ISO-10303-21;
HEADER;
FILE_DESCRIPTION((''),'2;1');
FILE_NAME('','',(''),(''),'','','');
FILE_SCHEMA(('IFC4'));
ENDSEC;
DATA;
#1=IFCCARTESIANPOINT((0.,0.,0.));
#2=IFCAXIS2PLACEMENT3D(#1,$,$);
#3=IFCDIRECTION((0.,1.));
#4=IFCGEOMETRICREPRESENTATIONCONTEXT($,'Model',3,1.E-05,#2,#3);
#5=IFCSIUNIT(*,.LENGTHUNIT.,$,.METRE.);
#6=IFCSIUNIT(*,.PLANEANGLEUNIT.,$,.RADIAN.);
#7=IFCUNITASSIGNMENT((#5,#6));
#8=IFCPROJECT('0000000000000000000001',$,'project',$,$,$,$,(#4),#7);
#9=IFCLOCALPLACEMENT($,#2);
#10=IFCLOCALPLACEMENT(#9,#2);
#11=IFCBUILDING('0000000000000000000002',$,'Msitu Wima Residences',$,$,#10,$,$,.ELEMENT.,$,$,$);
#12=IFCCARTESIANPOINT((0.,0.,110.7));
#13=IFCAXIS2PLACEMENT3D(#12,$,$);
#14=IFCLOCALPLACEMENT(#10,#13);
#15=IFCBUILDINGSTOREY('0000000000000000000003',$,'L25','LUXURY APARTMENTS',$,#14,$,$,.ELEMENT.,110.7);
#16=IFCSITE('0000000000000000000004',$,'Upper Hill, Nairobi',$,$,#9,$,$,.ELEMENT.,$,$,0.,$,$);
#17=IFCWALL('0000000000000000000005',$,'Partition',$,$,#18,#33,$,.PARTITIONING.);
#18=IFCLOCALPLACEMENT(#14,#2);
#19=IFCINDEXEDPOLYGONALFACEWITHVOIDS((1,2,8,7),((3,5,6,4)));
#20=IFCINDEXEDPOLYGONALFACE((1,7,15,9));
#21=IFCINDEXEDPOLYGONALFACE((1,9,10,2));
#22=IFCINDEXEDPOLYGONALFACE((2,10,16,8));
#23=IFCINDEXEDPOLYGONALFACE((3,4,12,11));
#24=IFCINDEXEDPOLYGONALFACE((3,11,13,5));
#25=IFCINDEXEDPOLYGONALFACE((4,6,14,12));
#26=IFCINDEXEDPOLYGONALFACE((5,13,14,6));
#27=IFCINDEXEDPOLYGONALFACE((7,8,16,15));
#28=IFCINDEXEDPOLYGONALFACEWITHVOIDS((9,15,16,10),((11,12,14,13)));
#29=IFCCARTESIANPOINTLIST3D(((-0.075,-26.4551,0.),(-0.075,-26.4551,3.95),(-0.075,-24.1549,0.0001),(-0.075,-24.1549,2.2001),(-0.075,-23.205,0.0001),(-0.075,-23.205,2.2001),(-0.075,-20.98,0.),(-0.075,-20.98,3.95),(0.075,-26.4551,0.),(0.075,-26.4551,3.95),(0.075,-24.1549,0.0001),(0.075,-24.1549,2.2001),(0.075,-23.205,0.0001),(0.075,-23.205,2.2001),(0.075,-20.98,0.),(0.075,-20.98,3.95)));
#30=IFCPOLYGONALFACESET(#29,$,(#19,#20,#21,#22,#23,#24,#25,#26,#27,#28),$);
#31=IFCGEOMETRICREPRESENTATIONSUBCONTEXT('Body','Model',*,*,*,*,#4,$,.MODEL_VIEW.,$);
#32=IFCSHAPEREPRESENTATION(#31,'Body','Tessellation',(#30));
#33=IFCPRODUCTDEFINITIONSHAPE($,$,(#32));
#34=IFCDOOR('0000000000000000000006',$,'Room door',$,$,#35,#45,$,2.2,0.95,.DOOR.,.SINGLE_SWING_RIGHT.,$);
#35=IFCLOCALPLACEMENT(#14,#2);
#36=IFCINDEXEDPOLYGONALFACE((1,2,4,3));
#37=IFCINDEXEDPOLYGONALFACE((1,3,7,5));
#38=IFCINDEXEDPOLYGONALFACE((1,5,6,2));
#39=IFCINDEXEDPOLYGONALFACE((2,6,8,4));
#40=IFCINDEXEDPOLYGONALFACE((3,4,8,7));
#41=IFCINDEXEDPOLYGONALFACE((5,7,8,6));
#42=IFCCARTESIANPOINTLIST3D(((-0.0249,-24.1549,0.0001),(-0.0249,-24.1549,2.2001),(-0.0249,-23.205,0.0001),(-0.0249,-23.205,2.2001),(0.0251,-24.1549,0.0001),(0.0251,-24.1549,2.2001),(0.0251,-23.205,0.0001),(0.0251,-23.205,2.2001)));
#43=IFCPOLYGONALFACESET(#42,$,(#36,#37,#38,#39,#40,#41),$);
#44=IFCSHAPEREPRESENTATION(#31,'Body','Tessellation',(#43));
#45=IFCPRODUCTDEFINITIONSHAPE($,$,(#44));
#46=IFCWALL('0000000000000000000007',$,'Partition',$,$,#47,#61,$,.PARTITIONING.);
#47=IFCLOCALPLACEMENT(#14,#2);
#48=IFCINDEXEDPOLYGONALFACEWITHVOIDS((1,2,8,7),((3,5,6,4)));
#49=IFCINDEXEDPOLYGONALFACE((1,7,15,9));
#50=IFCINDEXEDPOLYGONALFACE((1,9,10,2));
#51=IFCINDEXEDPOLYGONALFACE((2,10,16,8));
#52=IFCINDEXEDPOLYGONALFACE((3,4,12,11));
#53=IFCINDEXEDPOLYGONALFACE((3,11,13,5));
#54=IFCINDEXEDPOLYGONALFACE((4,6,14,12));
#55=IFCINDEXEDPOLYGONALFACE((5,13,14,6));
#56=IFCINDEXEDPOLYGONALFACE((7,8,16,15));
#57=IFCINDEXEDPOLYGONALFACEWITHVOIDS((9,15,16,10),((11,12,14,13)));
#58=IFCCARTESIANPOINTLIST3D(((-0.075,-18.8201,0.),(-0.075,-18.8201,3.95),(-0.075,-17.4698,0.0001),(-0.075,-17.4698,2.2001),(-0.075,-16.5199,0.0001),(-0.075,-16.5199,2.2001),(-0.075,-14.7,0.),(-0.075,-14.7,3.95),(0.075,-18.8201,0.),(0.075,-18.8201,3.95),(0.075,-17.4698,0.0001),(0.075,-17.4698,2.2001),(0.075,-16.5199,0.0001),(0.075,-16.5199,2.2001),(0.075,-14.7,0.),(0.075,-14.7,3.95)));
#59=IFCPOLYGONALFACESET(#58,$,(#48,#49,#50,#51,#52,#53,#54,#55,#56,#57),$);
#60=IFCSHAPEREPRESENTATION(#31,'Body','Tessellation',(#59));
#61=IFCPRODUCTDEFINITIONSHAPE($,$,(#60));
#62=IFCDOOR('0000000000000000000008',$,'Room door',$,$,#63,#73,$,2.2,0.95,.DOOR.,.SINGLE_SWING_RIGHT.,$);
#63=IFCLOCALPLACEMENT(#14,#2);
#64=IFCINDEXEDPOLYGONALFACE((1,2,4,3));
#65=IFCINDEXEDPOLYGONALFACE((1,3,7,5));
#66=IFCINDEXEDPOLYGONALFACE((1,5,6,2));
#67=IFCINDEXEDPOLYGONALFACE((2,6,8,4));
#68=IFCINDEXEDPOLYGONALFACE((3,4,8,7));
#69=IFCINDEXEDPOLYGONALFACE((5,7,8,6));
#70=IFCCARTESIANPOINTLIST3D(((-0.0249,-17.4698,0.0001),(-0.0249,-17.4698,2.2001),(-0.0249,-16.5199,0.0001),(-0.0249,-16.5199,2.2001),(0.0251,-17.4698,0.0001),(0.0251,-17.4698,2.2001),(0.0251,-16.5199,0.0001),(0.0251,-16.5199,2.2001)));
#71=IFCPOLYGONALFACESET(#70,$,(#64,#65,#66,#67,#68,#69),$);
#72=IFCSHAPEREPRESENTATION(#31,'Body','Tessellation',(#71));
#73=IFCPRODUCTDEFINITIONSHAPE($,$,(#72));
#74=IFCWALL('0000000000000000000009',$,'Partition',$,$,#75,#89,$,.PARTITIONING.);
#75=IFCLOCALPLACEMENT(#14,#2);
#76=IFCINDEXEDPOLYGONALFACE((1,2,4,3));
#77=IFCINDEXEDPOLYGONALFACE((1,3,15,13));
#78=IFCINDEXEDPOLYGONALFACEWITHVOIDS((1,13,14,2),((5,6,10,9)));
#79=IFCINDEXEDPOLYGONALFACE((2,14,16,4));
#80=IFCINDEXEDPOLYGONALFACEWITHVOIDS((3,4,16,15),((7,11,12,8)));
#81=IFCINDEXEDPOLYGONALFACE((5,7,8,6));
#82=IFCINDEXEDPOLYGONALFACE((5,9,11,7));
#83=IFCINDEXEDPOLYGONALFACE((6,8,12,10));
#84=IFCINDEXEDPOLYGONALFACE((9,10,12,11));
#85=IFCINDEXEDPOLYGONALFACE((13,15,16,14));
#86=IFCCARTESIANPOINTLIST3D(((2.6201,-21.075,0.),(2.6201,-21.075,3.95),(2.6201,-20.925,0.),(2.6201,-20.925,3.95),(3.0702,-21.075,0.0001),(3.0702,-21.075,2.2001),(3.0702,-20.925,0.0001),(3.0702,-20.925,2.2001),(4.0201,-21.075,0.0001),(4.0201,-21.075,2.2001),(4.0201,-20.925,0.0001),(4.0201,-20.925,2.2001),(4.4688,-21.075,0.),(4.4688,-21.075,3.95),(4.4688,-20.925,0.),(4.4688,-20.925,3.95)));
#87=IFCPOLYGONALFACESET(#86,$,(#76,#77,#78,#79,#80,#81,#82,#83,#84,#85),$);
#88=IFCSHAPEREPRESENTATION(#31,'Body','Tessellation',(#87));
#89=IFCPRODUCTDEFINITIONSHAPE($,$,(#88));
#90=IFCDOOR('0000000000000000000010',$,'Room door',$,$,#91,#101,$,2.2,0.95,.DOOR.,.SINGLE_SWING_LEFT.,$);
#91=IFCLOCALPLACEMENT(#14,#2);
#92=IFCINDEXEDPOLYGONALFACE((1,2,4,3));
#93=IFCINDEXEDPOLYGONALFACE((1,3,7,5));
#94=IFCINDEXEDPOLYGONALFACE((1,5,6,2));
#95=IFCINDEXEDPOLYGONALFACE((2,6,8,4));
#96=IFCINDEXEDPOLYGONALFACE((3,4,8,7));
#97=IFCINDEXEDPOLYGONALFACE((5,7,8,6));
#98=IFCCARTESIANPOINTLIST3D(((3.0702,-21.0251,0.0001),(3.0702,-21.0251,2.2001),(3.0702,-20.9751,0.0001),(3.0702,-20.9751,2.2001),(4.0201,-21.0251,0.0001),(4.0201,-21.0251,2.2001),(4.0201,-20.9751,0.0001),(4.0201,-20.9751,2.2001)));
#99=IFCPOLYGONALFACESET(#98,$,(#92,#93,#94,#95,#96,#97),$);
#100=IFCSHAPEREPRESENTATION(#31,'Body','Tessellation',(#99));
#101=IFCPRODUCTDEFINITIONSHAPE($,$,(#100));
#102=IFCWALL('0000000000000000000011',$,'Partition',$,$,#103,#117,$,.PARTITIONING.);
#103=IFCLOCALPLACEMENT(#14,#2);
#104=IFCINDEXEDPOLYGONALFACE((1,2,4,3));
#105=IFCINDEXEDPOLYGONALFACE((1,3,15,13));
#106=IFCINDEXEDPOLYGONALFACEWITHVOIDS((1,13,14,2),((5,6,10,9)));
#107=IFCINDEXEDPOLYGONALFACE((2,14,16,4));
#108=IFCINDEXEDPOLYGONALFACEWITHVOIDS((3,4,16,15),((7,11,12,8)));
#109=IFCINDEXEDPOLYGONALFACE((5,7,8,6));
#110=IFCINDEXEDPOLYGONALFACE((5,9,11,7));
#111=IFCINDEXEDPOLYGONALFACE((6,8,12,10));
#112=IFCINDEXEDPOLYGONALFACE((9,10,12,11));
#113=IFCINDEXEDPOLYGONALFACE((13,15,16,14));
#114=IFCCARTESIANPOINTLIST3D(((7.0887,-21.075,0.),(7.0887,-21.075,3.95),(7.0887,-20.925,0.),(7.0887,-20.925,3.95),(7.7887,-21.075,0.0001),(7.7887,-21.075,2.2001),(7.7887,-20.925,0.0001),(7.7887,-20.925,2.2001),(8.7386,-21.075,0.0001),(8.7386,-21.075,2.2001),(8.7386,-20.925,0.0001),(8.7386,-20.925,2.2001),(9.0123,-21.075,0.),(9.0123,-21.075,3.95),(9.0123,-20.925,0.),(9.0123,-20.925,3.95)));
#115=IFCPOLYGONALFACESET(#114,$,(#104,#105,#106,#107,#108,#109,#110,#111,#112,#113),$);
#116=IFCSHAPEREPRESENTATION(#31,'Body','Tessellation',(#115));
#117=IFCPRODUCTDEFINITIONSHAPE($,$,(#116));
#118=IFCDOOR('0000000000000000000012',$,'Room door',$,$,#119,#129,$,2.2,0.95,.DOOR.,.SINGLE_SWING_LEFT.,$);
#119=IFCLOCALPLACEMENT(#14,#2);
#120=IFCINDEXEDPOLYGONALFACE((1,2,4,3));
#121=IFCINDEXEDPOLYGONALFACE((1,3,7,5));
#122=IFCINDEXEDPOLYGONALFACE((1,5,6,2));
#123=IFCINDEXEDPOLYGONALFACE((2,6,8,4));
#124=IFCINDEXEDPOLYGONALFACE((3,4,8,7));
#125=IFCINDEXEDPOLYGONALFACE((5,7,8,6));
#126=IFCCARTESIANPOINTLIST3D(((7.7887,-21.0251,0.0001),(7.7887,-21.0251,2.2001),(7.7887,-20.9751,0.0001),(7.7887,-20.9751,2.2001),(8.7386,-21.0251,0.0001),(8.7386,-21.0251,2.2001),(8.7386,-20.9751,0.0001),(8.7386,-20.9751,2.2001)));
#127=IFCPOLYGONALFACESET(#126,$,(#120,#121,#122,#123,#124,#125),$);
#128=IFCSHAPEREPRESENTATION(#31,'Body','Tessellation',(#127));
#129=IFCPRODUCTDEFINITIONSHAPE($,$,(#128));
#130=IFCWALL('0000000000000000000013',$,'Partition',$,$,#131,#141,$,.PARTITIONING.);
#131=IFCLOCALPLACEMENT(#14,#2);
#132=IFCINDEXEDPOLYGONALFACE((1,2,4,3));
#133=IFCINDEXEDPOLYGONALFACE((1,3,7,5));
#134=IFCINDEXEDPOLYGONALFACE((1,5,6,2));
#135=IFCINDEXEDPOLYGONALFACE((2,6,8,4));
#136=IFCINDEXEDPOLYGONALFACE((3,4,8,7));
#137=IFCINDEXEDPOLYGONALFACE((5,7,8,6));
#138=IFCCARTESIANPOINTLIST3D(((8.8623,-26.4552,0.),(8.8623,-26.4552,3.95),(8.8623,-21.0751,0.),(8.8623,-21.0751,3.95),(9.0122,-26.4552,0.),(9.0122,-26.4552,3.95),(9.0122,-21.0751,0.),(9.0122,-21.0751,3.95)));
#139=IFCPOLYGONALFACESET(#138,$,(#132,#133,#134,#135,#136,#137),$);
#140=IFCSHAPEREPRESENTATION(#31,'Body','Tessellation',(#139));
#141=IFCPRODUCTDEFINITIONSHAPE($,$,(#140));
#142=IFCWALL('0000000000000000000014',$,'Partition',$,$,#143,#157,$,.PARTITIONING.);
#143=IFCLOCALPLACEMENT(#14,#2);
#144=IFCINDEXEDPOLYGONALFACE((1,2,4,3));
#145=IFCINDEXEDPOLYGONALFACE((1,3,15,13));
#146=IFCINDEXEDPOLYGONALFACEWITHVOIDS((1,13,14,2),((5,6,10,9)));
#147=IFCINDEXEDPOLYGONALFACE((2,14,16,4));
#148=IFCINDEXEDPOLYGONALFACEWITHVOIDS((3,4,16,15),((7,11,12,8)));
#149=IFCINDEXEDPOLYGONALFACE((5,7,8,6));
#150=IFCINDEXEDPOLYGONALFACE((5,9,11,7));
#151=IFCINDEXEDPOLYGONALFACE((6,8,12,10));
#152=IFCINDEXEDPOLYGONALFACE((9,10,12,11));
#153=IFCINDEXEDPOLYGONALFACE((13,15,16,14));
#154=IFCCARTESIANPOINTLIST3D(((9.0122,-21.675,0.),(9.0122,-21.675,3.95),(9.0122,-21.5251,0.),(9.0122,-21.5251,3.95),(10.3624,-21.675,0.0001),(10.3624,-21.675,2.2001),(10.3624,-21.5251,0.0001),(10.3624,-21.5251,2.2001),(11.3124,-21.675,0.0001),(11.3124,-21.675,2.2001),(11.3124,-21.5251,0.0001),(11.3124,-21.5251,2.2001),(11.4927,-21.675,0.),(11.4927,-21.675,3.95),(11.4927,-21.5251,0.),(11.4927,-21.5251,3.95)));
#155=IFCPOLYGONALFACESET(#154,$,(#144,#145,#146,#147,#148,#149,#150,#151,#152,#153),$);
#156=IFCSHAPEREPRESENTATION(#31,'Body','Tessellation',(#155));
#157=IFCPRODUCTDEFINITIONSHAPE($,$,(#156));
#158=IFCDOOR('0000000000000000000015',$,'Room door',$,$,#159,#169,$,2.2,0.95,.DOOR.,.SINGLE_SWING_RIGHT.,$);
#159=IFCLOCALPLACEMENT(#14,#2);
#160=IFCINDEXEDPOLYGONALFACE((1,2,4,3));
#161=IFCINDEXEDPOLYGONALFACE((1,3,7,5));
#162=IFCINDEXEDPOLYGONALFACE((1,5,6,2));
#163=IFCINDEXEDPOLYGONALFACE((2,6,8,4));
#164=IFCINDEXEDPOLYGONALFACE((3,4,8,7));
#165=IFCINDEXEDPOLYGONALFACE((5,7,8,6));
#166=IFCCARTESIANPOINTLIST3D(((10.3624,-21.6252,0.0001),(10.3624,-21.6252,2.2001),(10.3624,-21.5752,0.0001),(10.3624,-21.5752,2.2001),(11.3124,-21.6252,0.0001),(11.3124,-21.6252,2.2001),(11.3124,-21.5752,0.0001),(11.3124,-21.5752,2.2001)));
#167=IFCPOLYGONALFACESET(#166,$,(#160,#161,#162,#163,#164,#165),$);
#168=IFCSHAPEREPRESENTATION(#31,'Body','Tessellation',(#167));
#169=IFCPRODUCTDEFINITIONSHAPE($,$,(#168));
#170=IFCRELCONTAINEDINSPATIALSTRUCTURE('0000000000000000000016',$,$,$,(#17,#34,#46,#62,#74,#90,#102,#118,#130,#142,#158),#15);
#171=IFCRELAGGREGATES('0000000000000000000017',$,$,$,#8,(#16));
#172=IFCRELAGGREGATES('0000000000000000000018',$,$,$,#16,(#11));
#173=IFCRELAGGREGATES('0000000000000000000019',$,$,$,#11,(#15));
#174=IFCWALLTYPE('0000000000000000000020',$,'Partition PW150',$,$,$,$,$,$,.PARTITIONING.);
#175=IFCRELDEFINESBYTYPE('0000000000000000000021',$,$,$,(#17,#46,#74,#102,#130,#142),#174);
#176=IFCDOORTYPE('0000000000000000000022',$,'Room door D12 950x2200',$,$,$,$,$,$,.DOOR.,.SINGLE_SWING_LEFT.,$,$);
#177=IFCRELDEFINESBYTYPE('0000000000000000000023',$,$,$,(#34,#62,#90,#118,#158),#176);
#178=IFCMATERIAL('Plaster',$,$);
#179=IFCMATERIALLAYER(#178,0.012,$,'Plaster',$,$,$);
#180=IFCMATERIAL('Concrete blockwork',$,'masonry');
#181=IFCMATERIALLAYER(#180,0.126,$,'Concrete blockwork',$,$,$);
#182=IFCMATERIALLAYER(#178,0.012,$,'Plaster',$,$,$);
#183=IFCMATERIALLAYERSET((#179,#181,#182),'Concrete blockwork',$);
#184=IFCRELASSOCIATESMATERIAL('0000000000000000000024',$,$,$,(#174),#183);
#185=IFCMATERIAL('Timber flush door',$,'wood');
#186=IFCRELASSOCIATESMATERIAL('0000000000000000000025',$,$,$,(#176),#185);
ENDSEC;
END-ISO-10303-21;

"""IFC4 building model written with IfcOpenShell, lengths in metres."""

from ifc_helpers import new_model, si_unit, direction, frame, frame_2d, origin, place, context, subcontext, project, spatial, rectangle, extrude, material, layer, layer_set, type_object, element, fill, save


model = new_model("IFC4")

# Units and contexts
model_context = context("Model", 3, precision=1e-05, world=origin(), true_north=direction((0.0, 1.0)))
body_context = subcontext(model_context, "Body", "Model", "MODEL_VIEW")
ifc_project = project(units=[si_unit("LENGTHUNIT", "METRE"), si_unit("PLANEANGLEUNIT", "RADIAN")], contexts=[model_context])

# Site, building, storey
site_placement = place(None, origin())
site = spatial("IfcSite", under=ifc_project, at=site_placement, Name="Upper Hill, Nairobi", CompositionType="ELEMENT", RefElevation=0.0)
building_placement = place(site_placement, origin())
building = spatial("IfcBuilding", under=site, at=building_placement, Name="Msitu Wima Residences", CompositionType="ELEMENT")
storey_placement = place(building_placement, frame((0.0, 0.0, 110.7)))
storey = spatial("IfcBuildingStorey", under=building, at=storey_placement, Name="L25", Description="LUXURY APARTMENTS", CompositionType="ELEMENT", Elevation=110.7)

# Walls, openings, doors
ifc_material_1 = material(Name="Plaster")
ifc_layer_1 = layer(ifc_material_1, 0.012, Name="Plaster")
ifc_material_2 = material(Name="Concrete blockwork", Category="masonry")
ifc_layer_2 = layer(ifc_material_2, 0.126, Name="Concrete blockwork")
ifc_layer_3 = layer(ifc_material_1, 0.012, Name="Plaster")
ifc_layer_set_1 = layer_set([ifc_layer_1, ifc_layer_2, ifc_layer_3], Name="Concrete blockwork")
wall_type_1 = type_object("IfcWallType", Name="Partition PW150", PredefinedType="PARTITIONING", material=ifc_layer_set_1)
wall_1_placement = place(storey_placement, frame((0.0, -26.4551, 0.0), z_axis=(0.0, 0.0, 1.0), x_axis=(0.0, 1.0, 0.0)))
wall_1 = element("IfcWall", 1, at=wall_1_placement, inside=storey, type_object=wall_type_1, Name="Partition", PredefinedType="PARTITIONING", context=body_context, shape_type="SweptSolid", body=[
    extrude(rectangle(XDim=5.4751, YDim=0.1499, at=frame_2d((2.7375, 0.0))), origin(), (0.0, 0.0, 1.0), 3.95),
])
opening_1_placement = place(wall_1_placement, frame((2.3, 0.0, 0.0)))
opening_1 = element("IfcOpeningElement", 2, at=opening_1_placement, cuts=wall_1, PredefinedType="OPENING", context=body_context, shape_type="SweptSolid", body=[
    extrude(rectangle(XDim=0.95, YDim=2.2, at=frame_2d((0.4751, 1.1001))), frame((0.0, 0.085, 0.0), z_axis=(0.0, -1.0, 0.0), x_axis=(1.0, 0.0, 0.0)), (0.0, 0.0, 1.0), 0.1699),
])
ifc_material_3 = material(Name="Timber flush door", Category="wood")
door_type_1 = type_object("IfcDoorType", Name="Room door D12 950x2200", OperationType="SINGLE_SWING_LEFT", PredefinedType="DOOR", material=ifc_material_3)
door_1_placement = place(opening_1_placement, origin())
door_1 = element("IfcDoor", 3, at=door_1_placement, inside=storey, type_object=door_type_1, Name="Room door", OperationType="SINGLE_SWING_RIGHT", OverallHeight=2.2, OverallWidth=0.95, PredefinedType="DOOR", context=body_context, shape_type="SweptSolid", body=[
    extrude(rectangle(XDim=0.95, YDim=2.2, at=frame_2d((0.4751, 1.1001))), frame((0.0, 0.0249, 0.0), z_axis=(0.0, -1.0, 0.0), x_axis=(1.0, 0.0, 0.0)), (0.0, 0.0, 1.0), 0.05),
])
fill(opening_1, door_1)
wall_2_placement = place(storey_placement, frame((0.0, -18.8201, 0.0), z_axis=(0.0, 0.0, 1.0), x_axis=(0.0, 1.0, 0.0)))
wall_2 = element("IfcWall", 4, at=wall_2_placement, inside=storey, type_object=wall_type_1, Name="Partition", PredefinedType="PARTITIONING", context=body_context, shape_type="SweptSolid", body=[
    extrude(rectangle(XDim=4.1201, YDim=0.1499, at=frame_2d((2.0601, 0.0))), origin(), (0.0, 0.0, 1.0), 3.95),
])
opening_2_placement = place(wall_2_placement, frame((1.3501, 0.0, 0.0)))
opening_2 = element("IfcOpeningElement", 5, at=opening_2_placement, cuts=wall_2, PredefinedType="OPENING", context=body_context, shape_type="SweptSolid", body=[
    extrude(rectangle(XDim=0.95, YDim=2.2, at=frame_2d((0.4751, 1.1001))), frame((0.0, 0.085, 0.0), z_axis=(0.0, -1.0, 0.0), x_axis=(1.0, 0.0, 0.0)), (0.0, 0.0, 1.0), 0.1699),
])
door_2_placement = place(opening_2_placement, origin())
door_2 = element("IfcDoor", 6, at=door_2_placement, inside=storey, type_object=door_type_1, Name="Room door", OperationType="SINGLE_SWING_RIGHT", OverallHeight=2.2, OverallWidth=0.95, PredefinedType="DOOR", context=body_context, shape_type="SweptSolid", body=[
    extrude(rectangle(XDim=0.95, YDim=2.2, at=frame_2d((0.4751, 1.1001))), frame((0.0, 0.0249, 0.0), z_axis=(0.0, -1.0, 0.0), x_axis=(1.0, 0.0, 0.0)), (0.0, 0.0, 1.0), 0.05),
])
fill(opening_2, door_2)
wall_3_placement = place(storey_placement, frame((2.6201, -21.0, 0.0), z_axis=(0.0, 0.0, 1.0), x_axis=(1.0, 0.0, 0.0)))
wall_3 = element("IfcWall", 7, at=wall_3_placement, inside=storey, type_object=wall_type_1, Name="Partition", PredefinedType="PARTITIONING", context=body_context, shape_type="SweptSolid", body=[
    extrude(rectangle(XDim=1.8486, YDim=0.1499, at=frame_2d((0.9243, 0.0))), origin(), (0.0, 0.0, 1.0), 3.95),
])
opening_3_placement = place(wall_3_placement, frame((0.45, 0.0, 0.0)))
opening_3 = element("IfcOpeningElement", 8, at=opening_3_placement, cuts=wall_3, PredefinedType="OPENING", context=body_context, shape_type="SweptSolid", body=[
    extrude(rectangle(XDim=0.95, YDim=2.2, at=frame_2d((0.4751, 1.1001))), frame((0.0, 0.085, 0.0), z_axis=(0.0, -1.0, 0.0), x_axis=(1.0, 0.0, 0.0)), (0.0, 0.0, 1.0), 0.1699),
])
door_3_placement = place(opening_3_placement, origin())
door_3 = element("IfcDoor", 9, at=door_3_placement, inside=storey, type_object=door_type_1, Name="Room door", OperationType="SINGLE_SWING_LEFT", OverallHeight=2.2, OverallWidth=0.95, PredefinedType="DOOR", context=body_context, shape_type="SweptSolid", body=[
    extrude(rectangle(XDim=0.95, YDim=2.2, at=frame_2d((0.4751, 1.1001))), frame((0.0, 0.0249, 0.0), z_axis=(0.0, -1.0, 0.0), x_axis=(1.0, 0.0, 0.0)), (0.0, 0.0, 1.0), 0.05),
])
fill(opening_3, door_3)
wall_4_placement = place(storey_placement, frame((7.0886, -21.0, 0.0), z_axis=(0.0, 0.0, 1.0), x_axis=(1.0, 0.0, 0.0)))
wall_4 = element("IfcWall", 10, at=wall_4_placement, inside=storey, type_object=wall_type_1, Name="Partition", PredefinedType="PARTITIONING", context=body_context, shape_type="SweptSolid", body=[
    extrude(rectangle(XDim=1.9236, YDim=0.1499, at=frame_2d((0.9619, 0.0))), origin(), (0.0, 0.0, 1.0), 3.95),
])
opening_4_placement = place(wall_4_placement, frame((0.7, 0.0, 0.0)))
opening_4 = element("IfcOpeningElement", 11, at=opening_4_placement, cuts=wall_4, PredefinedType="OPENING", context=body_context, shape_type="SweptSolid", body=[
    extrude(rectangle(XDim=0.95, YDim=2.2, at=frame_2d((0.4751, 1.1001))), frame((0.0, 0.085, 0.0), z_axis=(0.0, -1.0, 0.0), x_axis=(1.0, 0.0, 0.0)), (0.0, 0.0, 1.0), 0.1699),
])
door_4_placement = place(opening_4_placement, origin())
door_4 = element("IfcDoor", 12, at=door_4_placement, inside=storey, type_object=door_type_1, Name="Room door", OperationType="SINGLE_SWING_LEFT", OverallHeight=2.2, OverallWidth=0.95, PredefinedType="DOOR", context=body_context, shape_type="SweptSolid", body=[
    extrude(rectangle(XDim=0.95, YDim=2.2, at=frame_2d((0.4751, 1.1001))), frame((0.0, 0.0249, 0.0), z_axis=(0.0, -1.0, 0.0), x_axis=(1.0, 0.0, 0.0)), (0.0, 0.0, 1.0), 0.05),
])
fill(opening_4, door_4)

# Wall
wall_5_placement = place(storey_placement, frame((8.9373, -26.4551, 0.0), z_axis=(0.0, 0.0, 1.0), x_axis=(0.0, 1.0, 0.0)))
element("IfcWall", 13, at=wall_5_placement, inside=storey, type_object=wall_type_1, Name="Partition", PredefinedType="PARTITIONING", context=body_context, shape_type="SweptSolid", body=[
    extrude(rectangle(XDim=5.3801, YDim=0.1499, at=frame_2d((2.6899, 0.0))), origin(), (0.0, 0.0, 1.0), 3.95),
])

# Wall, opening, door
wall_6_placement = place(storey_placement, frame((9.0122, -21.6001, 0.0), z_axis=(0.0, 0.0, 1.0), x_axis=(1.0, 0.0, 0.0)))
wall_6 = element("IfcWall", 14, at=wall_6_placement, inside=storey, type_object=wall_type_1, Name="Partition", PredefinedType="PARTITIONING", context=body_context, shape_type="SweptSolid", body=[
    extrude(rectangle(XDim=2.4805, YDim=0.1499, at=frame_2d((1.2402, 0.0))), origin(), (0.0, 0.0, 1.0), 3.95),
])
opening_5_placement = place(wall_6_placement, frame((1.3501, 0.0, 0.0)))
opening_5 = element("IfcOpeningElement", 15, at=opening_5_placement, cuts=wall_6, PredefinedType="OPENING", context=body_context, shape_type="SweptSolid", body=[
    extrude(rectangle(XDim=0.95, YDim=2.2, at=frame_2d((0.4751, 1.1001))), frame((0.0, 0.085, 0.0), z_axis=(0.0, -1.0, 0.0), x_axis=(1.0, 0.0, 0.0)), (0.0, 0.0, 1.0), 0.1699),
])
door_5_placement = place(opening_5_placement, origin())
door_5 = element("IfcDoor", 16, at=door_5_placement, inside=storey, type_object=door_type_1, Name="Room door", OperationType="SINGLE_SWING_RIGHT", OverallHeight=2.2, OverallWidth=0.95, PredefinedType="DOOR", context=body_context, shape_type="SweptSolid", body=[
    extrude(rectangle(XDim=0.95, YDim=2.2, at=frame_2d((0.4751, 1.1001))), frame((0.0, 0.0249, 0.0), z_axis=(0.0, -1.0, 0.0), x_axis=(1.0, 0.0, 0.0)), (0.0, 0.0, 1.0), 0.05),
])
fill(opening_5, door_5)

save(model, "model.ifc")
